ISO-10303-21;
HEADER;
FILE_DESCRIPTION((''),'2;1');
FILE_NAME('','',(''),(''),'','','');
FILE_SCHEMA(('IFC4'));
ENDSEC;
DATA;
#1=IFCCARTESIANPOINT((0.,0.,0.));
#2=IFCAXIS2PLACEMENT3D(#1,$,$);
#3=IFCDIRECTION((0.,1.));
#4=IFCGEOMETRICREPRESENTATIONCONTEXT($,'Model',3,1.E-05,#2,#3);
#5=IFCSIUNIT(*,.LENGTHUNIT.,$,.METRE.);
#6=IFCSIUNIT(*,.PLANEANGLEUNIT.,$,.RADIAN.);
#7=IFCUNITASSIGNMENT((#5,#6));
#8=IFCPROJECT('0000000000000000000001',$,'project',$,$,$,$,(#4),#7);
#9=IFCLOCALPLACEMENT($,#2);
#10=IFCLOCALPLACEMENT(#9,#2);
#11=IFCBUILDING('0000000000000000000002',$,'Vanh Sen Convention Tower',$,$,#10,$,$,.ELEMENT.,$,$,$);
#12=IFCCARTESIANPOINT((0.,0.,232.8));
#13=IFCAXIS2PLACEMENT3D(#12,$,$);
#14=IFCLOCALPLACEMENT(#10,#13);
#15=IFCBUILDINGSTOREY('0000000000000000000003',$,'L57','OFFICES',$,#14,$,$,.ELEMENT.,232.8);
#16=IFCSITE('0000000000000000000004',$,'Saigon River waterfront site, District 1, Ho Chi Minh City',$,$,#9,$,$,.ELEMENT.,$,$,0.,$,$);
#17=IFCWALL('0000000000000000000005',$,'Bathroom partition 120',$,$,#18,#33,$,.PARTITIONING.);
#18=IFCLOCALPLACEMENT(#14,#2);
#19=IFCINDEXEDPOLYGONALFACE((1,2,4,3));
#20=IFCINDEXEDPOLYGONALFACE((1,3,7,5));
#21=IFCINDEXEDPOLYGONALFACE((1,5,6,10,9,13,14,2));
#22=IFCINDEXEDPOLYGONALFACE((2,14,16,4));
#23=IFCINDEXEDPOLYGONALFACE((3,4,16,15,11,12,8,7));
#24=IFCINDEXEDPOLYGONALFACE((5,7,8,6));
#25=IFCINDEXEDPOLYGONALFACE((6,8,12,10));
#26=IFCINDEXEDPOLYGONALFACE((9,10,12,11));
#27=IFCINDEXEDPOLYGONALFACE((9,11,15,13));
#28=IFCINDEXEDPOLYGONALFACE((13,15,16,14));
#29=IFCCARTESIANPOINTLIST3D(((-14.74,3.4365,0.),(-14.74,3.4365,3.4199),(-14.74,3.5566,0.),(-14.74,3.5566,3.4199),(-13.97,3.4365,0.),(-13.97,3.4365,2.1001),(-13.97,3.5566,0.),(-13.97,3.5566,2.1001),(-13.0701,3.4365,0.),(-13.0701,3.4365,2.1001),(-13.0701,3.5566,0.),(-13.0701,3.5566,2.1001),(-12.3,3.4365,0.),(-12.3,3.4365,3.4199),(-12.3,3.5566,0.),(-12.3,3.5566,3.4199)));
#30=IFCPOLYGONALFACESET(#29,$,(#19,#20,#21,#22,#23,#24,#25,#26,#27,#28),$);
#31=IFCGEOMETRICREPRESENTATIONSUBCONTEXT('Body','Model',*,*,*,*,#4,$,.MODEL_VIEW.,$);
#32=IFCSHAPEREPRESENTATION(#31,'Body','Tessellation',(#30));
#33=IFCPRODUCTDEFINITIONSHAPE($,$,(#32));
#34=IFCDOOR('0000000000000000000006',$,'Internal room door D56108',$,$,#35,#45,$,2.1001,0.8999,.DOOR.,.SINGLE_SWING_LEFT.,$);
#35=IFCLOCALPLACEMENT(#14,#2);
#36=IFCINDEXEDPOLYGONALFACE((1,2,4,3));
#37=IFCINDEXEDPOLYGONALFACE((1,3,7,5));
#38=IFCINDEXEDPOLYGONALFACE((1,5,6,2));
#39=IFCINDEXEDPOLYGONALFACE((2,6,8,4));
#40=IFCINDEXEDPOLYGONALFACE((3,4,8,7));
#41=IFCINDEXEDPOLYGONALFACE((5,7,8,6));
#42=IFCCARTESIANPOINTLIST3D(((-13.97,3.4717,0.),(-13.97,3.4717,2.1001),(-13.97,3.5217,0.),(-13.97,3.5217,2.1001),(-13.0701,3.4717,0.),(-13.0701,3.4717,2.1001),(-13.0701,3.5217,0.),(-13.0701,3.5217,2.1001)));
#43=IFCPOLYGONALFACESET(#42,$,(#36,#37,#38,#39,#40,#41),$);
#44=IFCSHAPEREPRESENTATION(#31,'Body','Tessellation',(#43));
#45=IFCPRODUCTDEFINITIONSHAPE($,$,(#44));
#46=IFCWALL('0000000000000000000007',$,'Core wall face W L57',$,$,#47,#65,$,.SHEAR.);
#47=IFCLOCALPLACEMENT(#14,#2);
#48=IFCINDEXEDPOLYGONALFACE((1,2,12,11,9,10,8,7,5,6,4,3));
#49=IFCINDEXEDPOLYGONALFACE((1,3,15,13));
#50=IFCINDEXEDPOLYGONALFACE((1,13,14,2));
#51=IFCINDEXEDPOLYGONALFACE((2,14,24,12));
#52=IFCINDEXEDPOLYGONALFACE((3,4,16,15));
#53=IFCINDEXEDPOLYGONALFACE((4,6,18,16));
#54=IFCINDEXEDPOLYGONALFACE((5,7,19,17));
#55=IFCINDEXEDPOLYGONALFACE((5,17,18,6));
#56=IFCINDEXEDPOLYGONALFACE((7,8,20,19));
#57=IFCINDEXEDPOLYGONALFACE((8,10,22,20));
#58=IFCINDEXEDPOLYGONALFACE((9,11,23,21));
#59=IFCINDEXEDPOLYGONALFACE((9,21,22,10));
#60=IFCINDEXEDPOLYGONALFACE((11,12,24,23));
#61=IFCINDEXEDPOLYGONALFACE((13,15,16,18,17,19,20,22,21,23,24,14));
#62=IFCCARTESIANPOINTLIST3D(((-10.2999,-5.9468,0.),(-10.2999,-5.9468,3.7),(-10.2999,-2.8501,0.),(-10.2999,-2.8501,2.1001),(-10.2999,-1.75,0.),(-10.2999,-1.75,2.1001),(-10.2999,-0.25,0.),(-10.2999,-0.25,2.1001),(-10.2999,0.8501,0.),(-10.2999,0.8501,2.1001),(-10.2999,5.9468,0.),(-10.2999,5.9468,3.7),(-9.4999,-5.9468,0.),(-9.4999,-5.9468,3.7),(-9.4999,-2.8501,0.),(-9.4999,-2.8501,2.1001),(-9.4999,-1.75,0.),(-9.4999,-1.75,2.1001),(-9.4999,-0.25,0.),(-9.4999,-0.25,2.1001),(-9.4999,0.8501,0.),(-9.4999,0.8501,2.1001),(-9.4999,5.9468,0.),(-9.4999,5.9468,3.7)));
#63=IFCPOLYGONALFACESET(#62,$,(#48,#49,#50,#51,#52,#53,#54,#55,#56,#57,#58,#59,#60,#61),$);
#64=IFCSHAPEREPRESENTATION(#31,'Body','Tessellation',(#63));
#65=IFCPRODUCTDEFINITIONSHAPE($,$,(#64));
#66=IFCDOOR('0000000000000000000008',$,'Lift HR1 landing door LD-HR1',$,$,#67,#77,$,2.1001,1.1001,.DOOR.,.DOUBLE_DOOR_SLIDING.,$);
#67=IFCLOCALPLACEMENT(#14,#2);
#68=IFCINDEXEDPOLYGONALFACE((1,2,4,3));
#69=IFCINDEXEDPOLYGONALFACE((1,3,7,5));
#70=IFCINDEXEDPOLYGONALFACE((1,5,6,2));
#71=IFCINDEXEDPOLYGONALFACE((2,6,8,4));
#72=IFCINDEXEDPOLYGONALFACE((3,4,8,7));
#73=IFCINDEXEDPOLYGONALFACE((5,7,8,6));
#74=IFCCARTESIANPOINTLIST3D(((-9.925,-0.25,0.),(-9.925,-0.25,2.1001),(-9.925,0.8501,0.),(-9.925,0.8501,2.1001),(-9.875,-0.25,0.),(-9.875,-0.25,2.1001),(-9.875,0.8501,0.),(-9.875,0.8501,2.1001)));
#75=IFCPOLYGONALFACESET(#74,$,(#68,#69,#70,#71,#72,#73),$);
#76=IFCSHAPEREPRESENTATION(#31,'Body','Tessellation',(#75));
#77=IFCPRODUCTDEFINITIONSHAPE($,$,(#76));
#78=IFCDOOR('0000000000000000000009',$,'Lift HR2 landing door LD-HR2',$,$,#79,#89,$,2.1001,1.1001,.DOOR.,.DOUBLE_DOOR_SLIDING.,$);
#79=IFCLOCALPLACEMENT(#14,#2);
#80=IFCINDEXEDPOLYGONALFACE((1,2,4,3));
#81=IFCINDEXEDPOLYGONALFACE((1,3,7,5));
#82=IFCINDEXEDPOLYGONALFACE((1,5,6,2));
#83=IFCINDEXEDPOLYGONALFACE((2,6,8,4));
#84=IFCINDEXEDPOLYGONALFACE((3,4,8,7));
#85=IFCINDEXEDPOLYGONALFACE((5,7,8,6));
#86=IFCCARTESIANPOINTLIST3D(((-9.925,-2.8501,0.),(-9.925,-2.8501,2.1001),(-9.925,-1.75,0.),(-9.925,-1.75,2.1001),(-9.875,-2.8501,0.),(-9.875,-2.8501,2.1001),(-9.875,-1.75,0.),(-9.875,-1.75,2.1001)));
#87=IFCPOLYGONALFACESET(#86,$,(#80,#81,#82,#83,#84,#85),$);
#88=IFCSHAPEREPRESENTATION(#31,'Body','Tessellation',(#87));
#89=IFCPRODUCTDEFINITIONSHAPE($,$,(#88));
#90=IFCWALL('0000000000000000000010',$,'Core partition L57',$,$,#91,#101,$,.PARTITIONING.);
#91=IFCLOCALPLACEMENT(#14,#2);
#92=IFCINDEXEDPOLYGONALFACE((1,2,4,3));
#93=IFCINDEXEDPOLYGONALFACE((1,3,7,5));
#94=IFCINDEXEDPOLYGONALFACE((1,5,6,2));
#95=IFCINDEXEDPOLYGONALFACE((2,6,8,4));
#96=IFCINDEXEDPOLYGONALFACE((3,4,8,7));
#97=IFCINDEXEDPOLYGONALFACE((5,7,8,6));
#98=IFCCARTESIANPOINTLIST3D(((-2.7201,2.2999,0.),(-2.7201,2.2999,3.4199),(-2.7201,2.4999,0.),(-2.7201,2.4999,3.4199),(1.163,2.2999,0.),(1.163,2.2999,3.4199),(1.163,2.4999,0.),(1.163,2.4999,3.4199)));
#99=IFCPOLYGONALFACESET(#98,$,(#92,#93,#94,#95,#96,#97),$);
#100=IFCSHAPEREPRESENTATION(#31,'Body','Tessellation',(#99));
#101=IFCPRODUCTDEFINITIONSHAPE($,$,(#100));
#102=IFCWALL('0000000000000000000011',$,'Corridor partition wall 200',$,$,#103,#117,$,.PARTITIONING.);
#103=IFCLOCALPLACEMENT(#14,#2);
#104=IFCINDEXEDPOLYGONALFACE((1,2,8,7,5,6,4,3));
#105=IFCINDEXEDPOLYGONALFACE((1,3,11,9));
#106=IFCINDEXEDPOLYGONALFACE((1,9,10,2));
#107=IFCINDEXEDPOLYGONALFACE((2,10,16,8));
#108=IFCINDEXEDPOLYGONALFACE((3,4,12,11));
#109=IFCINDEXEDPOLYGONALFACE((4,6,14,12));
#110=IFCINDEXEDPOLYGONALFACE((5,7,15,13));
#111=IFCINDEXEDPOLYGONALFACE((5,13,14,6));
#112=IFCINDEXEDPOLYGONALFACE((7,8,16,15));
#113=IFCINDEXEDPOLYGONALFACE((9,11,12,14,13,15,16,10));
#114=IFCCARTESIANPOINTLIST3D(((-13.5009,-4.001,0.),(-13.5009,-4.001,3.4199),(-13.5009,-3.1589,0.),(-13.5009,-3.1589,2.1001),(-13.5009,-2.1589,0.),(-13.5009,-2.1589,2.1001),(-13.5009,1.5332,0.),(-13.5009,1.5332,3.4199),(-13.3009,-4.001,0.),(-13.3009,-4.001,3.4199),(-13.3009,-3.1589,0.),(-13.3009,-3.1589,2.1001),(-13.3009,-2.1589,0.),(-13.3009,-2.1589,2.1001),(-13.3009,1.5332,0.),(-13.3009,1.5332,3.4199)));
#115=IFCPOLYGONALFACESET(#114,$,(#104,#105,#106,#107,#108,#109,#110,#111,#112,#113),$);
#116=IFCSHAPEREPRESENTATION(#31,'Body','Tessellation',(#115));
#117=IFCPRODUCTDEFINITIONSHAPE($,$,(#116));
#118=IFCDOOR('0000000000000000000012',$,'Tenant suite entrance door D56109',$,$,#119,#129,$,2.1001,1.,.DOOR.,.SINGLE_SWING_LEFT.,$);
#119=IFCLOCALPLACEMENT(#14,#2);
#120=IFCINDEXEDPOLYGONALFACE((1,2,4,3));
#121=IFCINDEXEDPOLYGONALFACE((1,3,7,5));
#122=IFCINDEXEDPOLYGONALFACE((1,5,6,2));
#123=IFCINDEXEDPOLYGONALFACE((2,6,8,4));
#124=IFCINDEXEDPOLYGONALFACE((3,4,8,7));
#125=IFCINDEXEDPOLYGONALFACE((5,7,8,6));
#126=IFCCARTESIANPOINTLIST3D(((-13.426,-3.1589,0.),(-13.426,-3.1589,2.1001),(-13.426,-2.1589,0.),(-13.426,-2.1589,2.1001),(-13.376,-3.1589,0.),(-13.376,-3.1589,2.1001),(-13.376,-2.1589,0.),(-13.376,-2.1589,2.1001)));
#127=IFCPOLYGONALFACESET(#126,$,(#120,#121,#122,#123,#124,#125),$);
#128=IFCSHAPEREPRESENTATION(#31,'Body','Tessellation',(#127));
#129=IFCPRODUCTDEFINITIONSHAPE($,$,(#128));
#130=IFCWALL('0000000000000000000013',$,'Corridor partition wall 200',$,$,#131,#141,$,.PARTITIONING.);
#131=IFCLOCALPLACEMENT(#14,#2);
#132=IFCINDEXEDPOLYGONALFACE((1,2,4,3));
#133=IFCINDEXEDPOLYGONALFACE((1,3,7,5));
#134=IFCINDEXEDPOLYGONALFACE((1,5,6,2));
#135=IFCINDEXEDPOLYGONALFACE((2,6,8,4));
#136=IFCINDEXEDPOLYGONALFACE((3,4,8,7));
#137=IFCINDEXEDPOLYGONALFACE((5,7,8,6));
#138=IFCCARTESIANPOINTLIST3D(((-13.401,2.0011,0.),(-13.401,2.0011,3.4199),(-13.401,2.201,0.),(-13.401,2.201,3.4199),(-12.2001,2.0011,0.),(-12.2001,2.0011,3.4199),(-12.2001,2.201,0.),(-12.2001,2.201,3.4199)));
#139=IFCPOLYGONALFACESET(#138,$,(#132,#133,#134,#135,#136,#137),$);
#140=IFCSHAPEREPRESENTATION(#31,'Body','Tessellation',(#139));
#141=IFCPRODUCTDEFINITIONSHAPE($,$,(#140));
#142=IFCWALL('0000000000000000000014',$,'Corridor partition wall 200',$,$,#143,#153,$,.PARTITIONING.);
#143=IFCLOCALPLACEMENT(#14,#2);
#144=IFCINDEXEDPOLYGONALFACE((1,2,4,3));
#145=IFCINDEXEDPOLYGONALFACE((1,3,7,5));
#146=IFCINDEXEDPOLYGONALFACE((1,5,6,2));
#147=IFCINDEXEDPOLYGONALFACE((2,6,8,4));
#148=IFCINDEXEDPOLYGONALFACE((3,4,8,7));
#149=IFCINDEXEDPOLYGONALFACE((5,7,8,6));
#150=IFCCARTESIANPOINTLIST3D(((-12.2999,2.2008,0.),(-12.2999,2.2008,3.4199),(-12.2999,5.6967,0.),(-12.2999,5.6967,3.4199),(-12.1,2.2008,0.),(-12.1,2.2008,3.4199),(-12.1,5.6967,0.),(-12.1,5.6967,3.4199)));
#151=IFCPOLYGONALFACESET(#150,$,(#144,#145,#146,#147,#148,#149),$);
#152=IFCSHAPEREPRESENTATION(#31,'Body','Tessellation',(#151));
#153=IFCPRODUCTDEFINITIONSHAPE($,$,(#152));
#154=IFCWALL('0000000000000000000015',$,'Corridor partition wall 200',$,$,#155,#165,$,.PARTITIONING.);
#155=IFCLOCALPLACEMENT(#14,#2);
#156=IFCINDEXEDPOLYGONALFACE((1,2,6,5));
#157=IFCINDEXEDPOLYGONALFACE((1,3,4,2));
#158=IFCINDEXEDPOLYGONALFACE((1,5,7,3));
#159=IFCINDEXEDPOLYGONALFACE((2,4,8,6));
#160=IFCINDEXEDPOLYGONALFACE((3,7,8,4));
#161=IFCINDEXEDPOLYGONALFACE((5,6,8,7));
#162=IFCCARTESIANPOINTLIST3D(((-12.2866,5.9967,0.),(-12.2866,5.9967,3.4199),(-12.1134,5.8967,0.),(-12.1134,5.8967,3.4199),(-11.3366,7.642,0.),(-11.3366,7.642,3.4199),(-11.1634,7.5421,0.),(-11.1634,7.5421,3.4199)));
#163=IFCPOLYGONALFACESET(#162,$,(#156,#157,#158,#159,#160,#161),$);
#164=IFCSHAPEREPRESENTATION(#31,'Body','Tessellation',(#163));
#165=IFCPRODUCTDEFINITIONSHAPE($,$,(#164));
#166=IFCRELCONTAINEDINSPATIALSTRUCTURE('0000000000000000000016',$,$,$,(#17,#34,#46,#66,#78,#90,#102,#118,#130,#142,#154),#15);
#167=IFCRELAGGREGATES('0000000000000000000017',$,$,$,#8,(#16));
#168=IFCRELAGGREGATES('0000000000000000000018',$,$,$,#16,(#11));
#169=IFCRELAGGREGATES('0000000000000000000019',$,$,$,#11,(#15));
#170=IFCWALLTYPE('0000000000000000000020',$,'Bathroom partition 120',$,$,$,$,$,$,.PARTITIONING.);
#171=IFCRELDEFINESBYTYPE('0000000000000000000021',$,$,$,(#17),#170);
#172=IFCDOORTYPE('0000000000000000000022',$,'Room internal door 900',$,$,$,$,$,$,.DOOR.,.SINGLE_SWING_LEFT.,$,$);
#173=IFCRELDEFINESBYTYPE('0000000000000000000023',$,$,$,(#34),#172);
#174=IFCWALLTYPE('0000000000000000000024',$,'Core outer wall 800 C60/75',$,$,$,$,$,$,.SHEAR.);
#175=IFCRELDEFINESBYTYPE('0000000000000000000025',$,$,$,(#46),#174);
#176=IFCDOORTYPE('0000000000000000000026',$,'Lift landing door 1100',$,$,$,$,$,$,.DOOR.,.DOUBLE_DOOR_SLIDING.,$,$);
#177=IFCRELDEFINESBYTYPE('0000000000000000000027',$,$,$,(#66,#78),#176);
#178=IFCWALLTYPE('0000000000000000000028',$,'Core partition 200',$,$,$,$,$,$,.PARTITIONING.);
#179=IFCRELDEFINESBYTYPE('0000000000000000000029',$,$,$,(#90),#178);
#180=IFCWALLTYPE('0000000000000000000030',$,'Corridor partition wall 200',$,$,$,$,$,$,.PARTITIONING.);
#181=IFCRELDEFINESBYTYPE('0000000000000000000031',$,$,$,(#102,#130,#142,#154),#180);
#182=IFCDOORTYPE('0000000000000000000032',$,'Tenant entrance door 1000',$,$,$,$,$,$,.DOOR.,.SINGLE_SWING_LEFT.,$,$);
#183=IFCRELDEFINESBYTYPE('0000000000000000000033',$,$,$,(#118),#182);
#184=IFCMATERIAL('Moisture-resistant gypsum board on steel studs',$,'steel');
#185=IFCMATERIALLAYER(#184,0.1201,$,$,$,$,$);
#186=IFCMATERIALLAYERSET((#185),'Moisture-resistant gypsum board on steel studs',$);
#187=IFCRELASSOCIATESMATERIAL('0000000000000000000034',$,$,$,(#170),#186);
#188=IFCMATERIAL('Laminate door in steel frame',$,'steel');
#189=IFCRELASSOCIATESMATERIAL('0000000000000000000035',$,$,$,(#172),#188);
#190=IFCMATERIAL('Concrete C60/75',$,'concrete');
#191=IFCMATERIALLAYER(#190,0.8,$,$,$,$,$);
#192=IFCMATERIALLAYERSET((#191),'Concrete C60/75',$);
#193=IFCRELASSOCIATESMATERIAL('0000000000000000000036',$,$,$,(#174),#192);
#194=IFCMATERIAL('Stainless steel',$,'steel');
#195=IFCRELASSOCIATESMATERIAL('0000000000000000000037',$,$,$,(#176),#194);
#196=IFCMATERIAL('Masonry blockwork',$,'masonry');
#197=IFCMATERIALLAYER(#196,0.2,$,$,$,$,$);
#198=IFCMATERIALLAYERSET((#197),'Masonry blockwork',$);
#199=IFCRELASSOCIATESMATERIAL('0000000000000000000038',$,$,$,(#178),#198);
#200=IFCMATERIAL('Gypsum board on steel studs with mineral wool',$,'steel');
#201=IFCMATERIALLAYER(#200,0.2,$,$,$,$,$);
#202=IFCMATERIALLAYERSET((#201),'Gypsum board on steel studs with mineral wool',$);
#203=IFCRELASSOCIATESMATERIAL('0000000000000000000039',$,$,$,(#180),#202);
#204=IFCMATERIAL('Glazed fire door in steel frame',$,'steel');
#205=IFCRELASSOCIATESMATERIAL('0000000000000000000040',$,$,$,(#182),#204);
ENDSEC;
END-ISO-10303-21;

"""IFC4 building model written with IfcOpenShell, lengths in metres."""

from ifc_helpers import new_model, si_unit, direction, frame, frame_2d, origin, place, context, subcontext, project, spatial, rectangle, extrude, material, layer, layer_set, type_object, element, fill, save


model = new_model("IFC4")

# Units and contexts
model_context = context("Model", 3, precision=1e-05, world=origin(), true_north=direction((0.0, 1.0)))
body_context = subcontext(model_context, "Body", "Model", "MODEL_VIEW")
ifc_project = project(units=[si_unit("LENGTHUNIT", "METRE"), si_unit("PLANEANGLEUNIT", "RADIAN")], contexts=[model_context])

# Site, building, storey
site_placement = place(None, origin())
site = spatial("IfcSite", under=ifc_project, at=site_placement, Name="Saigon River waterfront site, District 1, Ho Chi Minh City", CompositionType="ELEMENT", RefElevation=0.0)
building_placement = place(site_placement, origin())
building = spatial("IfcBuilding", under=site, at=building_placement, Name="Vanh Sen Convention Tower", CompositionType="ELEMENT")
storey_placement = place(building_placement, frame((0.0, 0.0, 232.8)))
storey = spatial("IfcBuildingStorey", under=building, at=storey_placement, Name="L57", Description="OFFICES", CompositionType="ELEMENT", Elevation=232.8)

# Wall, opening, door
ifc_material_1 = material(Name="Moisture-resistant gypsum board on steel studs", Category="steel")
ifc_layer_1 = layer(ifc_material_1, 0.1201)
ifc_layer_set_1 = layer_set([ifc_layer_1], Name="Moisture-resistant gypsum board on steel studs")
wall_type_1 = type_object("IfcWallType", Name="Bathroom partition 120", PredefinedType="PARTITIONING", material=ifc_layer_set_1)
wall_1_placement = place(storey_placement, frame((-12.3, 3.4966, 0.0), z_axis=(0.0, 0.0, 1.0), x_axis=(-1.0, 0.0, 0.0)))
wall_1 = element("IfcWall", 1, at=wall_1_placement, inside=storey, type_object=wall_type_1, Name="Bathroom partition 120", PredefinedType="PARTITIONING", context=body_context, shape_type="SweptSolid", body=[
    extrude(rectangle(XDim=2.4399, YDim=0.1201, at=frame_2d((1.22, 0.0))), origin(), (0.0, 0.0, 1.0), 3.4199),
])
opening_1_placement = place(wall_1_placement, frame((0.77, 0.0, 0.0)))
opening_1 = element("IfcOpeningElement", 2, at=opening_1_placement, cuts=wall_1, PredefinedType="OPENING", context=body_context, shape_type="SweptSolid", body=[
    extrude(rectangle(XDim=0.8999, YDim=2.1001, at=frame_2d((0.45, 1.05))), frame((0.0, 0.0701, 0.0), z_axis=(0.0, -1.0, 0.0), x_axis=(1.0, 0.0, 0.0)), (0.0, 0.0, 1.0), 0.1401),
])
ifc_material_2 = material(Name="Laminate door in steel frame", Category="steel")
door_type_1 = type_object("IfcDoorType", Name="Room internal door 900", OperationType="SINGLE_SWING_LEFT", PredefinedType="DOOR", material=ifc_material_2)
door_1_placement = place(opening_1_placement, origin())
door_1 = element("IfcDoor", 3, at=door_1_placement, inside=storey, type_object=door_type_1, Name="Internal room door D56108", OperationType="SINGLE_SWING_LEFT", OverallHeight=2.1001, OverallWidth=0.8999, PredefinedType="DOOR", context=body_context, shape_type="SweptSolid", body=[
    extrude(rectangle(XDim=0.8999, YDim=2.1001, at=frame_2d((0.45, 1.05))), frame((0.0, 0.0249, 0.0), z_axis=(0.0, -1.0, 0.0), x_axis=(1.0, 0.0, 0.0)), (0.0, 0.0, 1.0), 0.05),
])
fill(opening_1, door_1)

# Wall, openings, doors
ifc_material_3 = material(Name="Concrete C60/75", Category="concrete")
ifc_layer_2 = layer(ifc_material_3, 0.8)
ifc_layer_set_2 = layer_set([ifc_layer_2], Name="Concrete C60/75")
wall_type_2 = type_object("IfcWallType", Name="Core outer wall 800 C60/75", PredefinedType="SHEAR", material=ifc_layer_set_2)
wall_2_placement = place(storey_placement, frame((-9.8999, 5.9468, 0.0), z_axis=(0.0, 0.0, 1.0), x_axis=(0.0, -1.0, 0.0)))
wall_2 = element("IfcWall", 4, at=wall_2_placement, inside=storey, type_object=wall_type_2, Name="Core wall face W L57", PredefinedType="SHEAR", context=body_context, shape_type="SweptSolid", body=[
    extrude(rectangle(XDim=11.8936, YDim=0.8, at=frame_2d((5.9468, 0.0))), origin(), (0.0, 0.0, 1.0), 3.7),
])
opening_2_placement = place(wall_2_placement, frame((5.0967, 0.0, 0.0)))
opening_2 = element("IfcOpeningElement", 5, at=opening_2_placement, cuts=wall_2, PredefinedType="OPENING", context=body_context, shape_type="SweptSolid", body=[
    extrude(rectangle(XDim=1.1001, YDim=2.1001, at=frame_2d((0.55, 1.05))), frame((0.0, 0.4099, 0.0), z_axis=(0.0, -1.0, 0.0), x_axis=(1.0, 0.0, 0.0)), (0.0, 0.0, 1.0), 0.8201),
])
opening_3_placement = place(wall_2_placement, frame((7.6968, 0.0, 0.0)))
opening_3 = element("IfcOpeningElement", 6, at=opening_3_placement, cuts=wall_2, PredefinedType="OPENING", context=body_context, shape_type="SweptSolid", body=[
    extrude(rectangle(XDim=1.1001, YDim=2.1001, at=frame_2d((0.55, 1.05))), frame((0.0, 0.4099, 0.0), z_axis=(0.0, -1.0, 0.0), x_axis=(1.0, 0.0, 0.0)), (0.0, 0.0, 1.0), 0.8201),
])
ifc_material_4 = material(Name="Stainless steel", Category="steel")
door_type_2 = type_object("IfcDoorType", Name="Lift landing door 1100", OperationType="DOUBLE_DOOR_SLIDING", PredefinedType="DOOR", material=ifc_material_4)
door_2_placement = place(opening_2_placement, origin())
door_2 = element("IfcDoor", 7, at=door_2_placement, inside=storey, type_object=door_type_2, Name="Lift HR1 landing door LD-HR1", OperationType="DOUBLE_DOOR_SLIDING", OverallHeight=2.1001, OverallWidth=1.1001, PredefinedType="DOOR", context=body_context, shape_type="SweptSolid", body=[
    extrude(rectangle(XDim=1.1001, YDim=2.1001, at=frame_2d((0.55, 1.05))), frame((0.0, 0.0249, 0.0), z_axis=(0.0, -1.0, 0.0), x_axis=(1.0, 0.0, 0.0)), (0.0, 0.0, 1.0), 0.05),
])
fill(opening_2, door_2)
door_3_placement = place(opening_3_placement, origin())
door_3 = element("IfcDoor", 8, at=door_3_placement, inside=storey, type_object=door_type_2, Name="Lift HR2 landing door LD-HR2", OperationType="DOUBLE_DOOR_SLIDING", OverallHeight=2.1001, OverallWidth=1.1001, PredefinedType="DOOR", context=body_context, shape_type="SweptSolid", body=[
    extrude(rectangle(XDim=1.1001, YDim=2.1001, at=frame_2d((0.55, 1.05))), frame((0.0, 0.0249, 0.0), z_axis=(0.0, -1.0, 0.0), x_axis=(1.0, 0.0, 0.0)), (0.0, 0.0, 1.0), 0.05),
])
fill(opening_3, door_3)

# Wall
ifc_material_5 = material(Name="Masonry blockwork", Category="masonry")
ifc_layer_3 = layer(ifc_material_5, 0.2)
ifc_layer_set_3 = layer_set([ifc_layer_3], Name="Masonry blockwork")
wall_type_3 = type_object("IfcWallType", Name="Core partition 200", PredefinedType="PARTITIONING", material=ifc_layer_set_3)
wall_3_placement = place(storey_placement, frame((-2.72, 2.3999, 0.0), z_axis=(0.0, 0.0, 1.0), x_axis=(1.0, 0.0, 0.0)))
element("IfcWall", 9, at=wall_3_placement, inside=storey, type_object=wall_type_3, Name="Core partition L57", PredefinedType="PARTITIONING", context=body_context, shape_type="SweptSolid", body=[
    extrude(rectangle(XDim=3.8831, YDim=0.2, at=frame_2d((1.9414, 0.0))), origin(), (0.0, 0.0, 1.0), 3.4199),
])

# Wall, opening, door
ifc_material_6 = material(Name="Gypsum board on steel studs with mineral wool", Category="steel")
ifc_layer_4 = layer(ifc_material_6, 0.2)
ifc_layer_set_4 = layer_set([ifc_layer_4], Name="Gypsum board on steel studs with mineral wool")
wall_type_4 = type_object("IfcWallType", Name="Corridor partition wall 200", PredefinedType="PARTITIONING", material=ifc_layer_set_4)
wall_4_placement = place(storey_placement, frame((-13.4009, 1.5332, 0.0), z_axis=(0.0, 0.0, 1.0), x_axis=(0.0, -1.0, 0.0)))
wall_4 = element("IfcWall", 10, at=wall_4_placement, inside=storey, type_object=wall_type_4, Name="Corridor partition wall 200", PredefinedType="PARTITIONING", context=body_context, shape_type="SweptSolid", body=[
    extrude(rectangle(XDim=5.5342, YDim=0.2, at=frame_2d((2.7671, 0.0))), origin(), (0.0, 0.0, 1.0), 3.4199),
])
opening_4_placement = place(wall_4_placement, frame((3.6921, 0.0, 0.0)))
opening_4 = element("IfcOpeningElement", 11, at=opening_4_placement, cuts=wall_4, PredefinedType="OPENING", context=body_context, shape_type="SweptSolid", body=[
    extrude(rectangle(XDim=1.0, YDim=2.1001, at=frame_2d((0.5, 1.05))), frame((0.0, 0.1099, 0.0), z_axis=(0.0, -1.0, 0.0), x_axis=(1.0, 0.0, 0.0)), (0.0, 0.0, 1.0), 0.22),
])
ifc_material_7 = material(Name="Glazed fire door in steel frame", Category="steel")
door_type_3 = type_object("IfcDoorType", Name="Tenant entrance door 1000", OperationType="SINGLE_SWING_LEFT", PredefinedType="DOOR", material=ifc_material_7)
door_4_placement = place(opening_4_placement, origin())
door_4 = element("IfcDoor", 12, at=door_4_placement, inside=storey, type_object=door_type_3, Name="Tenant suite entrance door D56109", OperationType="SINGLE_SWING_LEFT", OverallHeight=2.1001, OverallWidth=1.0, PredefinedType="DOOR", context=body_context, shape_type="SweptSolid", body=[
    extrude(rectangle(XDim=1.0, YDim=2.1001, at=frame_2d((0.5, 1.05))), frame((0.0, 0.0249, 0.0), z_axis=(0.0, -1.0, 0.0), x_axis=(1.0, 0.0, 0.0)), (0.0, 0.0, 1.0), 0.05),
])
fill(opening_4, door_4)

# Walls
wall_5_placement = place(storey_placement, frame((-12.2, 2.1011, 0.0), z_axis=(0.0, 0.0, 1.0), x_axis=(-1.0, 0.0, 0.0)))
element("IfcWall", 13, at=wall_5_placement, inside=storey, type_object=wall_type_4, Name="Corridor partition wall 200", PredefinedType="PARTITIONING", context=body_context, shape_type="SweptSolid", body=[
    extrude(rectangle(XDim=1.2009, YDim=0.2, at=frame_2d((0.6006, 0.0))), origin(), (0.0, 0.0, 1.0), 3.4199),
])
wall_6_placement = place(storey_placement, frame((-12.2, 5.6968, 0.0), z_axis=(0.0, 0.0, 1.0), x_axis=(0.0, -1.0, 0.0)))
element("IfcWall", 14, at=wall_6_placement, inside=storey, type_object=wall_type_4, Name="Corridor partition wall 200", PredefinedType="PARTITIONING", context=body_context, shape_type="SweptSolid", body=[
    extrude(rectangle(XDim=3.4958, YDim=0.2, at=frame_2d((1.748, 0.0))), origin(), (0.0, 0.0, 1.0), 3.4199),
])
wall_7_placement = place(storey_placement, frame((-11.25, 7.592, 0.0), z_axis=(0.0, 0.0, 1.0), x_axis=(-0.500023, -0.866012, 0.0)))
element("IfcWall", 15, at=wall_7_placement, inside=storey, type_object=wall_type_4, Name="Corridor partition wall 200", PredefinedType="PARTITIONING", context=body_context, shape_type="SweptSolid", body=[
    extrude(rectangle(XDim=1.8999, YDim=0.2, at=frame_2d((0.95, 0.0))), origin(), (0.0, 0.0, 1.0), 3.4199),
])

save(model, "model.ifc")
